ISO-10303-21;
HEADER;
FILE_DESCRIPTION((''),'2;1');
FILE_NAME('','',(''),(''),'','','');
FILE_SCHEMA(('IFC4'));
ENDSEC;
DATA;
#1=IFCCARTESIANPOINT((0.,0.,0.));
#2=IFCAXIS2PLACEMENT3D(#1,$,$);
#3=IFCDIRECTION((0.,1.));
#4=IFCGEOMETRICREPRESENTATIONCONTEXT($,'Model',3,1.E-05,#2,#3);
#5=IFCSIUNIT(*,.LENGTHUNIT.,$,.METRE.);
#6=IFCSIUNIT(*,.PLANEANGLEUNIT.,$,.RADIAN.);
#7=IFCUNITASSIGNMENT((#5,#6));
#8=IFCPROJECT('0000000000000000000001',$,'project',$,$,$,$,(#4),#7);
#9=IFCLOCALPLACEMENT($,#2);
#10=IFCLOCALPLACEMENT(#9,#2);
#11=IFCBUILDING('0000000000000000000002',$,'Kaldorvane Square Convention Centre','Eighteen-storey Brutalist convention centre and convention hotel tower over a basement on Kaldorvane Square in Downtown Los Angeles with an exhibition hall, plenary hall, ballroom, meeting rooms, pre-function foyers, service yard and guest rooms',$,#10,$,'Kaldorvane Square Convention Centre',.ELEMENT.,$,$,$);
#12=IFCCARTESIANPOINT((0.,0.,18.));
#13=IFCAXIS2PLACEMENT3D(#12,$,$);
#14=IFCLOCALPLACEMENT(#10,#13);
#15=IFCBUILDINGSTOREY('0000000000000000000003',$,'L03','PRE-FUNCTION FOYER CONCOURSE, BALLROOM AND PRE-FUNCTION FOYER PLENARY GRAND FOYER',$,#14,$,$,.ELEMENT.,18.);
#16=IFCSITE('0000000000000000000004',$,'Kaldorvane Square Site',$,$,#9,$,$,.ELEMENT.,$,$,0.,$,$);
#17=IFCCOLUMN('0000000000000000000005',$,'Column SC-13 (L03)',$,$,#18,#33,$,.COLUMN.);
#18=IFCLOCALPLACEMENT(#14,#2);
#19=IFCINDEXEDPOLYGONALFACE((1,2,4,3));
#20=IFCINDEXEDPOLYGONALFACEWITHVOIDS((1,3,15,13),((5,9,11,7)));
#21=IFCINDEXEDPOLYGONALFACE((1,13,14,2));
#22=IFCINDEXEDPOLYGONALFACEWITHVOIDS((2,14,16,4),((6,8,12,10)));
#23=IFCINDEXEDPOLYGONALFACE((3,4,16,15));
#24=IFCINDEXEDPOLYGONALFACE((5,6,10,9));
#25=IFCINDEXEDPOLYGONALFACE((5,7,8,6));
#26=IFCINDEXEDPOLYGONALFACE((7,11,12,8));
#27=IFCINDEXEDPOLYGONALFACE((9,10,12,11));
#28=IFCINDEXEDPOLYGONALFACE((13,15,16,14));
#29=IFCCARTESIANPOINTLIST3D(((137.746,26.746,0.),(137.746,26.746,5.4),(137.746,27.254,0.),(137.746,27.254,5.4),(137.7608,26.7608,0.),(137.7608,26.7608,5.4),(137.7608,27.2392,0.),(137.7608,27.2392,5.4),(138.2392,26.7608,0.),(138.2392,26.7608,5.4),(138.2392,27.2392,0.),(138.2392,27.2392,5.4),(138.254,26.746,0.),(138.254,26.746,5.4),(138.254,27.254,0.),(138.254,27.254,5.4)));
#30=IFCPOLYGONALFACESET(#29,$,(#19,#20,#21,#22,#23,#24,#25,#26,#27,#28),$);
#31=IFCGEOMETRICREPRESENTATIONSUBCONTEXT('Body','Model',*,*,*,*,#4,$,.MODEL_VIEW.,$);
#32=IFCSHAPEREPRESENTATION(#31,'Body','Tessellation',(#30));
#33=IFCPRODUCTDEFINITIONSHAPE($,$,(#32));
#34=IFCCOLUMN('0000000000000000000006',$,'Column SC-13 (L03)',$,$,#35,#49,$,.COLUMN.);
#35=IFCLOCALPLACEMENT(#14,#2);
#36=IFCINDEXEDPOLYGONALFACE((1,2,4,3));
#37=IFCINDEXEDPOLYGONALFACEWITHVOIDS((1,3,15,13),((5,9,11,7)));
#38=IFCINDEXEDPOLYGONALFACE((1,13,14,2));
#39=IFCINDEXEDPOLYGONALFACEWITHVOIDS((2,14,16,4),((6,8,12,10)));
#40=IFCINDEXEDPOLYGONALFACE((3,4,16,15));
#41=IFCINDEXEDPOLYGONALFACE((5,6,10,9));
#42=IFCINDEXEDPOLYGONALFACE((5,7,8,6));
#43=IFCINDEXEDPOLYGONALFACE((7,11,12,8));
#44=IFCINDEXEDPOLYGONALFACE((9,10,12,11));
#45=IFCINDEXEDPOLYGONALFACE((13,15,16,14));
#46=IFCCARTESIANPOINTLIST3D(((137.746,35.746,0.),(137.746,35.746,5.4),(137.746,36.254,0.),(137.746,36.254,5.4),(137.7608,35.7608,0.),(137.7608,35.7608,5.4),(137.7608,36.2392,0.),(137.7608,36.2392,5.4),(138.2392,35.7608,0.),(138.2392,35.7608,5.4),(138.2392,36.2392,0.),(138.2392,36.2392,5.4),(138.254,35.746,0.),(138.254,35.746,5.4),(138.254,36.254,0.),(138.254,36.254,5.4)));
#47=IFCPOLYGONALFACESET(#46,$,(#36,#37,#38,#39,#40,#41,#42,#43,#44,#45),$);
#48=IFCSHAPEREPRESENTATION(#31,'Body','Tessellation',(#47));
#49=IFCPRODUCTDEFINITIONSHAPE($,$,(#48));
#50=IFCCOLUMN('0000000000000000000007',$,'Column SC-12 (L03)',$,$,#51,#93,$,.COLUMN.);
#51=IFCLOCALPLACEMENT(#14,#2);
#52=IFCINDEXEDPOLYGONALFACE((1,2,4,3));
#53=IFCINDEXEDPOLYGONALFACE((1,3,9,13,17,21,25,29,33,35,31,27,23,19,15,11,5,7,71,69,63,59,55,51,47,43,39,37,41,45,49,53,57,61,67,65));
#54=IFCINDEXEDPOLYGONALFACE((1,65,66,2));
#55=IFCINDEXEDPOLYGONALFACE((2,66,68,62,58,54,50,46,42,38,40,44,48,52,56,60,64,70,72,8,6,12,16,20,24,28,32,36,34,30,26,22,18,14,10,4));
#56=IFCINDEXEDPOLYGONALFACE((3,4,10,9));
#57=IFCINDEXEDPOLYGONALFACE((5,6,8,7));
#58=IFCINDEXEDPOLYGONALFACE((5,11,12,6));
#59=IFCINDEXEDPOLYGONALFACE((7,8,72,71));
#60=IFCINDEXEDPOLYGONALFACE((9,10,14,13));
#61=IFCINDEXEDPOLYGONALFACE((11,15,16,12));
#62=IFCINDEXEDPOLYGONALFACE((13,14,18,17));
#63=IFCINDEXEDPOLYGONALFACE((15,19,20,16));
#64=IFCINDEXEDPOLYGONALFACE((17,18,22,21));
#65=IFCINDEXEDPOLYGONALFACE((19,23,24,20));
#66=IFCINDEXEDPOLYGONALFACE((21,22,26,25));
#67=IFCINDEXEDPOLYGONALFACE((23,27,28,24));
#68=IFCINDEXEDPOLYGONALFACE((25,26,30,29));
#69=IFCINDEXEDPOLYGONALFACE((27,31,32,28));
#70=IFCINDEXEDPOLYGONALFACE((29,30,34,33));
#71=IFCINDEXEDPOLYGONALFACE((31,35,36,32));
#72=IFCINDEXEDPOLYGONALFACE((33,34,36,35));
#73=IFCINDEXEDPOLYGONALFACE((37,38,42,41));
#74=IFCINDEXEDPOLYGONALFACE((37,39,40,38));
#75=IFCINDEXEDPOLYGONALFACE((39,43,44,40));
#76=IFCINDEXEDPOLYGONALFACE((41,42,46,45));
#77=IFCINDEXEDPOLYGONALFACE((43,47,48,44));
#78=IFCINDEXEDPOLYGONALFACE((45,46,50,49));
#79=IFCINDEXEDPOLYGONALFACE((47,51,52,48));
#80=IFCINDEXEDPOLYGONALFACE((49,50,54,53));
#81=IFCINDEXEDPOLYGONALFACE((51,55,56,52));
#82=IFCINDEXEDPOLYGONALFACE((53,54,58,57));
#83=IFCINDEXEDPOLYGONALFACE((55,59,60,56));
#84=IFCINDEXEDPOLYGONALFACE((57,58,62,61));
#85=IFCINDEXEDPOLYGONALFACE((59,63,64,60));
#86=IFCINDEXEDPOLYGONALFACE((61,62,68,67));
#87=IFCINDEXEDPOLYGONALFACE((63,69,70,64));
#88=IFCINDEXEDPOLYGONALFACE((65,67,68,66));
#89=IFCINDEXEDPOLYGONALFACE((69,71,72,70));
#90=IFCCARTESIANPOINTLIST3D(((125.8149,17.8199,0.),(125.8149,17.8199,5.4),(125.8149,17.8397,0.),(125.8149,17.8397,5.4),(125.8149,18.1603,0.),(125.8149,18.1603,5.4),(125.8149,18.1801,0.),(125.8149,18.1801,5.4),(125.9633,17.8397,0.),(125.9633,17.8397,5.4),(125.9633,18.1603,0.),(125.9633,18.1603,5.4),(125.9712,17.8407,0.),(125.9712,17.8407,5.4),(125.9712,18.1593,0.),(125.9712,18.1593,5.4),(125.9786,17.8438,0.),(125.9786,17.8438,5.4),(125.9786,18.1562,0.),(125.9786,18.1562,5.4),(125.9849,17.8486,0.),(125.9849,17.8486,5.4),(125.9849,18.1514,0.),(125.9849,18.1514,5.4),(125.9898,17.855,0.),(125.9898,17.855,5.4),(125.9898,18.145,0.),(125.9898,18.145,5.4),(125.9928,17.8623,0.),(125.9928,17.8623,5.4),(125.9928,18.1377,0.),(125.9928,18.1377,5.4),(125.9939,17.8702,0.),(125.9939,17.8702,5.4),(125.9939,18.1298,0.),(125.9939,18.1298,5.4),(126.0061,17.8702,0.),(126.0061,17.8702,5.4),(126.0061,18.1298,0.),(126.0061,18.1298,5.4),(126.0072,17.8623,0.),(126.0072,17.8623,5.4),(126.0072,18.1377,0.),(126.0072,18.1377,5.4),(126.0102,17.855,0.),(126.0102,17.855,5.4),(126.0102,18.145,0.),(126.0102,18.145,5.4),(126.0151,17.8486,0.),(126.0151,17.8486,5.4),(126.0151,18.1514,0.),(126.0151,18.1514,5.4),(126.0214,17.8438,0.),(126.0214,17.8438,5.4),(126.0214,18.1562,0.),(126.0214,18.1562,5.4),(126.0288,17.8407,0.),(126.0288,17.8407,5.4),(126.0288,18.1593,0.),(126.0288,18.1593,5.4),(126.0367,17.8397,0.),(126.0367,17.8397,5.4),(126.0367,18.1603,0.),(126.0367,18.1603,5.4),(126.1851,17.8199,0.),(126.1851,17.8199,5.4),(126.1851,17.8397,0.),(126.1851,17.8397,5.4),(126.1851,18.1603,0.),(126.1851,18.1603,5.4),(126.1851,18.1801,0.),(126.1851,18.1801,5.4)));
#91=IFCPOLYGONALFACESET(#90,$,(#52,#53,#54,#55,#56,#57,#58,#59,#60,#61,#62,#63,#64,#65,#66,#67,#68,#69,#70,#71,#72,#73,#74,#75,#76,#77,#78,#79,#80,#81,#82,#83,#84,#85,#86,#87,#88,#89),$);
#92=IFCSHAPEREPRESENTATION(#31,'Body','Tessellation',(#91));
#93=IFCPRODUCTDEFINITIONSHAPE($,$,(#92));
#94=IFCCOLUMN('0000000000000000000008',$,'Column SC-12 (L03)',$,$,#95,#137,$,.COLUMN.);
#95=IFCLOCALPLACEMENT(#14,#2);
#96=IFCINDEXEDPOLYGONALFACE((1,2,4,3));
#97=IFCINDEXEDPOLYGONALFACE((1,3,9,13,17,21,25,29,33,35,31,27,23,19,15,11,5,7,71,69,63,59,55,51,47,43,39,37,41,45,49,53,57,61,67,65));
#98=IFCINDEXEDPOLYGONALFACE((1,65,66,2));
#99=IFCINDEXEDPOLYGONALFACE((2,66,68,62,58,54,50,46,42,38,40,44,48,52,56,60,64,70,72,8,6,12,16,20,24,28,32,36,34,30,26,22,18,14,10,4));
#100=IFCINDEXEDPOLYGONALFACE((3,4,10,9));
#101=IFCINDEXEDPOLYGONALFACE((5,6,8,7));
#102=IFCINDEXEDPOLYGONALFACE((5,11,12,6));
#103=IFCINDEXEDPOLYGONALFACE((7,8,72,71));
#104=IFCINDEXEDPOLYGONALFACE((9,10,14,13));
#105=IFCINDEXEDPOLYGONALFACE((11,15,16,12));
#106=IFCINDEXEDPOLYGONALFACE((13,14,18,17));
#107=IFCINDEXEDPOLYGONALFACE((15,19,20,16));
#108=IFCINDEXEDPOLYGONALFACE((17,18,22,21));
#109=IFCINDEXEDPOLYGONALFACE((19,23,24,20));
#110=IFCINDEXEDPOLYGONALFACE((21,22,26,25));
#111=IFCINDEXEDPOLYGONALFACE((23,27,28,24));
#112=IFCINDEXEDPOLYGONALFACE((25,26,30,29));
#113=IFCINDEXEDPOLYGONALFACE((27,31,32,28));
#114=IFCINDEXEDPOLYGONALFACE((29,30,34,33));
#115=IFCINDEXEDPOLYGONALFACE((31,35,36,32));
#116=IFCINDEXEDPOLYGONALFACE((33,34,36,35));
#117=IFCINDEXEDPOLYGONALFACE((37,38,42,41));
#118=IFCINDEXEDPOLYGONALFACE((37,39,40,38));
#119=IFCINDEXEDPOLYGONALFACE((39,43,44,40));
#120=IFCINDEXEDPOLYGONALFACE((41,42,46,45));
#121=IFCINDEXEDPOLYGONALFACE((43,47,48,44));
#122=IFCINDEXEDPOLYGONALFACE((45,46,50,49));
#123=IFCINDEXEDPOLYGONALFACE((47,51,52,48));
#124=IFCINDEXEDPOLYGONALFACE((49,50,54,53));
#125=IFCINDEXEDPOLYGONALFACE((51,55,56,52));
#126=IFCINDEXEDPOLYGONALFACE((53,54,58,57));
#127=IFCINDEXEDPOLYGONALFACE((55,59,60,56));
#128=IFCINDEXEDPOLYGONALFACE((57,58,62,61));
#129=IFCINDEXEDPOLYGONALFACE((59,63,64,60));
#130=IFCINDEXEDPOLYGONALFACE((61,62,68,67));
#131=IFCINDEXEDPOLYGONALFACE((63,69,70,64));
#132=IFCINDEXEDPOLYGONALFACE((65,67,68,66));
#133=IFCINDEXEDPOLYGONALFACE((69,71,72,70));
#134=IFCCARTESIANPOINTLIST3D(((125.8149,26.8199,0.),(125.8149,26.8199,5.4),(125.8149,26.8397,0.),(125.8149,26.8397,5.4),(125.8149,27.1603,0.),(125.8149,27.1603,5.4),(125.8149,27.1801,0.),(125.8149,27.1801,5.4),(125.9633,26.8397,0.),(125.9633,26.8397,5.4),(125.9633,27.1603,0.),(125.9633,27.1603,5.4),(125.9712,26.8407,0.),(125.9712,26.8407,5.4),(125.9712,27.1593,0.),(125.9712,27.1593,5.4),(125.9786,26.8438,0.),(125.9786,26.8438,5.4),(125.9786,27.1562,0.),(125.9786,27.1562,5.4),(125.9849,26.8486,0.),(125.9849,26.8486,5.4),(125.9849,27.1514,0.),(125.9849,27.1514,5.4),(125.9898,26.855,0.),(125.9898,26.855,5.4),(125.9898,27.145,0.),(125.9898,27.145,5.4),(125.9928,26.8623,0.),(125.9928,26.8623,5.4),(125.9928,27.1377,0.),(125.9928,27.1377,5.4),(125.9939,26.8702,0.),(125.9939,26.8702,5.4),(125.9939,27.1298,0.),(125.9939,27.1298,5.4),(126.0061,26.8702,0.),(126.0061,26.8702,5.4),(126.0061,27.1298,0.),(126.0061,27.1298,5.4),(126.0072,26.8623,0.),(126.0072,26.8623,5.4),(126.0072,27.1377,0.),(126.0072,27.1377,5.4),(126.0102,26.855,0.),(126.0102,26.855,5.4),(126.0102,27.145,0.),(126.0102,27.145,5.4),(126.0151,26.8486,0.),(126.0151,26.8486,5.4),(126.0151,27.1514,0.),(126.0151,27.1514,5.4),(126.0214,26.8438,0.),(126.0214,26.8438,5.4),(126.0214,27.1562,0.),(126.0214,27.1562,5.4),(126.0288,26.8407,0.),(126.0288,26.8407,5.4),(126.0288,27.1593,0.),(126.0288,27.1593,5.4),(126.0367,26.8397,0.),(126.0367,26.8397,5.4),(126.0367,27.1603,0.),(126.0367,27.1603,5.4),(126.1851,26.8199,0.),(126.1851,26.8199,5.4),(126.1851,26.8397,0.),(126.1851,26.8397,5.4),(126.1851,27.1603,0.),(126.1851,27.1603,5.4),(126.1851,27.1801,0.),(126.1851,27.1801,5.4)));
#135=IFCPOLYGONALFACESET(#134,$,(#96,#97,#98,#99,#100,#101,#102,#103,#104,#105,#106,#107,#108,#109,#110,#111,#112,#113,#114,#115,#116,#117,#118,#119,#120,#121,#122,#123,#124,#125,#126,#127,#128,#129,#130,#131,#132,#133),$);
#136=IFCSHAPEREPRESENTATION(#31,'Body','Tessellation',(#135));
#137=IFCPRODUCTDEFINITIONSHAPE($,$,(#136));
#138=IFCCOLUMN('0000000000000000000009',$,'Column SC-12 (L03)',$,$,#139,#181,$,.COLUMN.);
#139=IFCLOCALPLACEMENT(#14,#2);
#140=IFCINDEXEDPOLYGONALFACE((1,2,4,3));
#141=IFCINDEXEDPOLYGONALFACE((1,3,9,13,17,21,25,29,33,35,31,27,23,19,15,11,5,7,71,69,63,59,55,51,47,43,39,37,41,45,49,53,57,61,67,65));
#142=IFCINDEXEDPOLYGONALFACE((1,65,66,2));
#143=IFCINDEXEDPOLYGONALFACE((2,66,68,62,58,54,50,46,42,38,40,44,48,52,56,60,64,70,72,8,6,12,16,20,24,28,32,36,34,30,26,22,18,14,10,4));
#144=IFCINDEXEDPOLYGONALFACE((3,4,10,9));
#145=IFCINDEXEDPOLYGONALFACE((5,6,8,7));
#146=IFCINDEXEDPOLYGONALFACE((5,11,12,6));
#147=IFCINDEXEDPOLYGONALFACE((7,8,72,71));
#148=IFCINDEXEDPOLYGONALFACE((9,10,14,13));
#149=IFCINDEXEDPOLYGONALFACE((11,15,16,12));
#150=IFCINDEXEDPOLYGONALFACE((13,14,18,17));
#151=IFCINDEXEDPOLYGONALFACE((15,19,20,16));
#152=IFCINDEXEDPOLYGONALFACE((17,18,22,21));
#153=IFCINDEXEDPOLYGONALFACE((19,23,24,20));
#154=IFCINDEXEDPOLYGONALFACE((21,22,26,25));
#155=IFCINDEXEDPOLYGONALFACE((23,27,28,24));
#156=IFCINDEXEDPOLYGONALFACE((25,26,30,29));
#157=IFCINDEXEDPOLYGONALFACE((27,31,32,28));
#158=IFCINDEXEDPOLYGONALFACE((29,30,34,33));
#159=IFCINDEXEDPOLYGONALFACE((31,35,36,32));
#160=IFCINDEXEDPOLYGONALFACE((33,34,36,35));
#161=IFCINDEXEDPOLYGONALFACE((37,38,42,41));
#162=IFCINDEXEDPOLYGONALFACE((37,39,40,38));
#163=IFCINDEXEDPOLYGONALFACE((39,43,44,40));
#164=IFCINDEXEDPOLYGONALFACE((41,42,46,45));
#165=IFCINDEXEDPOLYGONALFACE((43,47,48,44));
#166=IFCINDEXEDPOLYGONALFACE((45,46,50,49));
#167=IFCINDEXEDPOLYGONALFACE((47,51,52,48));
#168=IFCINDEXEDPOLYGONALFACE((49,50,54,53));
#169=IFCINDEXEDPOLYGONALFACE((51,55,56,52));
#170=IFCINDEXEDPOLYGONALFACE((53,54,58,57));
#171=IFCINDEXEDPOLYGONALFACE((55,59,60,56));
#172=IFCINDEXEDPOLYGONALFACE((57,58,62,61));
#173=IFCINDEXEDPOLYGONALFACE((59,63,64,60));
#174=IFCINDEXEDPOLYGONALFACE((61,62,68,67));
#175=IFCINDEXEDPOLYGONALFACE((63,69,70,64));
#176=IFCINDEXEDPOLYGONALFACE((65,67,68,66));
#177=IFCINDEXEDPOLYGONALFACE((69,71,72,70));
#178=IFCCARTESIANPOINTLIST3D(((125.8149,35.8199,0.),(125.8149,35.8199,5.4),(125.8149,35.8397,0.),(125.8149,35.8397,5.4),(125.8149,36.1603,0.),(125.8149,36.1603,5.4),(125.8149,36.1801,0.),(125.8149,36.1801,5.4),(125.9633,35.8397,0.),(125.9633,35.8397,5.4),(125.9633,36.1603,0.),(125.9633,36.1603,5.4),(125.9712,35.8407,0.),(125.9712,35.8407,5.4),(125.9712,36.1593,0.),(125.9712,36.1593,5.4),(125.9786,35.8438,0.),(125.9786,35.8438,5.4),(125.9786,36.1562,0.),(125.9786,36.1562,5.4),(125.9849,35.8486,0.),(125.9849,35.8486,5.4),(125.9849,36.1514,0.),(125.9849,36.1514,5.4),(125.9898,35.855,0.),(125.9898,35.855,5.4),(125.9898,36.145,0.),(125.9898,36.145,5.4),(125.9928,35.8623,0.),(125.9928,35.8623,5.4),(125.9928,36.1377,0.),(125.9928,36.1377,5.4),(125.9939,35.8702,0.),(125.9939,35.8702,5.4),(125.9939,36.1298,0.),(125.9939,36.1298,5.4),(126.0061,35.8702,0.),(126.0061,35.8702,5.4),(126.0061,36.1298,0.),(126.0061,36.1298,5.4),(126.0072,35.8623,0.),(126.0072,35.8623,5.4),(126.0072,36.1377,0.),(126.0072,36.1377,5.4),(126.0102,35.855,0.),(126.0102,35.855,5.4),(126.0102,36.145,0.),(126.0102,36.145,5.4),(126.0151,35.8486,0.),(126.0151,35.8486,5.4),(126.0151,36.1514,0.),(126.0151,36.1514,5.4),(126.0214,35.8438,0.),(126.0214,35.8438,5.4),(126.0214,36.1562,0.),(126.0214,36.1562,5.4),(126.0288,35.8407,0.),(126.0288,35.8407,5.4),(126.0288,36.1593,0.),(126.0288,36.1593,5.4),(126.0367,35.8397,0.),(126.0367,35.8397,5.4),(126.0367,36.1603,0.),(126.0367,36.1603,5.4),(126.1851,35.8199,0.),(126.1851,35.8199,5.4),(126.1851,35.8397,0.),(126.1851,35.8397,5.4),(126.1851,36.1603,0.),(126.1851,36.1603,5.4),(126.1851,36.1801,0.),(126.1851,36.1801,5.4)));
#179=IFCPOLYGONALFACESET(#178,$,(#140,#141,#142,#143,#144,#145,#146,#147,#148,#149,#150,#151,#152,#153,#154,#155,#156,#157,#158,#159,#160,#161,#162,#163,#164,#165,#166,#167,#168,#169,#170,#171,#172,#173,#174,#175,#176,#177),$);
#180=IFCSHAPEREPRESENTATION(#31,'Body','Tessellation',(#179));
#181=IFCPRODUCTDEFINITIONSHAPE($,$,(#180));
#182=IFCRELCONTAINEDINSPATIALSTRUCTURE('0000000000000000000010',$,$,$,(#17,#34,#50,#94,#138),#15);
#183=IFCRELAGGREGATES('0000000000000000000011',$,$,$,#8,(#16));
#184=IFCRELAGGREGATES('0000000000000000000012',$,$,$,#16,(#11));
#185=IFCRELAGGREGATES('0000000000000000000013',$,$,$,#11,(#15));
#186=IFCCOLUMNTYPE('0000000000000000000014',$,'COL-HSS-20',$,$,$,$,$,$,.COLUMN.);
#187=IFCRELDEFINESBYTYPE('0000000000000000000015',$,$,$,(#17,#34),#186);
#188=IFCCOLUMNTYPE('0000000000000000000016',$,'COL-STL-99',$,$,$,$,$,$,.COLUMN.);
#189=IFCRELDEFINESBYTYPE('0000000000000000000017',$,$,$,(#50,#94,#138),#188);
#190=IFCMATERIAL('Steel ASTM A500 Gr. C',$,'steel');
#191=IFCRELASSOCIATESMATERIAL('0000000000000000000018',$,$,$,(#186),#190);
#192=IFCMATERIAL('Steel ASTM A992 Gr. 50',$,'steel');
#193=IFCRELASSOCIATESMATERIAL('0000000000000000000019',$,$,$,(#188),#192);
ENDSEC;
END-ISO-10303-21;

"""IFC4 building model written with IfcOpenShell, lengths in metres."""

from ifc_helpers import new_model, si_unit, direction, frame, origin, origin_2d, place, context, subcontext, project, spatial, hollow_rectangle, i_section, extrude, material, material_profile, profile_set, type_object, element, save


model = new_model("IFC4")

# Units and contexts
model_context = context("Model", 3, precision=1e-05, world=origin(), true_north=direction((0.0, 1.0)))
body_context = subcontext(model_context, "Body", "Model", "MODEL_VIEW")
ifc_project = project(units=[si_unit("LENGTHUNIT", "METRE"), si_unit("PLANEANGLEUNIT", "RADIAN")], contexts=[model_context])

# Site, building, storey
site_placement = place(None, origin())
site = spatial("IfcSite", under=ifc_project, at=site_placement, Name="Kaldorvane Square Site", CompositionType="ELEMENT", RefElevation=0.0)
building_placement = place(site_placement, origin())
building = spatial("IfcBuilding", under=site, at=building_placement, Name="Kaldorvane Square Convention Centre", Description="Eighteen-storey Brutalist convention centre and convention hotel tower over a basement on Kaldorvane Square in Downtown Los Angeles with an exhibition hall, plenary hall, ballroom, meeting rooms, pre-function foyers, service yard and guest rooms", LongName="Kaldorvane Square Convention Centre", CompositionType="ELEMENT")
storey_placement = place(building_placement, frame((0.0, 0.0, 18.0)))
storey = spatial("IfcBuildingStorey", under=building, at=storey_placement, Name="L03", Description="PRE-FUNCTION FOYER CONCOURSE, BALLROOM AND PRE-FUNCTION FOYER PLENARY GRAND FOYER", CompositionType="ELEMENT", Elevation=18.0)

# Columns
ifc_material_1 = material(Name="Steel ASTM A500 Gr. C", Category="steel")
ifc_material_profile_1 = material_profile(ifc_material_1, hollow_rectangle(XDim=0.508, YDim=0.508, WallThickness=0.0148, at=origin_2d()), Name="HSS20X20X5/8")
ifc_profile_set_1 = profile_set([ifc_material_profile_1], Name="Steel ASTM A500 Gr. C")
column_type_1 = type_object("IfcColumnType", Name="COL-HSS-20", PredefinedType="COLUMN", material=ifc_profile_set_1)
for number, where, z_axis, x_axis, name in (
    (1, (138.0, 27.0, 0.0), (0.0, 0.0, 1.0), (1.0, 0.0, 0.0), "Column SC-13 (L03)"),
    (2, (138.0, 36.0, 0.0), (0.0, 0.0, 1.0), (1.0, 0.0, 0.0), "Column SC-13 (L03)"),
):
    element("IfcColumn", number, at=place(storey_placement, frame(where, z_axis=z_axis, x_axis=x_axis)), inside=storey, type_object=column_type_1, Name=name, PredefinedType="COLUMN", context=body_context, shape_type="SweptSolid", body=[
        extrude(hollow_rectangle(XDim=0.508, YDim=0.508, WallThickness=0.0148, at=origin_2d()), origin(), (0.0, 0.0, 1.0), 5.4),
    ])
ifc_material_2 = material(Name="Steel ASTM A992 Gr. 50", Category="steel")
ifc_material_profile_2 = material_profile(ifc_material_2, i_section(OverallWidth=0.3701, OverallDepth=0.3602, WebThickness=0.0123, FlangeThickness=0.0198, FilletRadius=0.0305, at=origin_2d()), Name="W14X99")
ifc_profile_set_2 = profile_set([ifc_material_profile_2], Name="Steel ASTM A992 Gr. 50")
column_type_2 = type_object("IfcColumnType", Name="COL-STL-99", PredefinedType="COLUMN", material=ifc_profile_set_2)
for number, where, z_axis, x_axis, name in (
    (3, (126.0, 18.0, 0.0), (0.0, 0.0, 1.0), (1.0, 0.0, 0.0), "Column SC-12 (L03)"),
    (4, (126.0, 27.0, 0.0), (0.0, 0.0, 1.0), (1.0, 0.0, 0.0), "Column SC-12 (L03)"),
    (5, (126.0, 36.0, 0.0), (0.0, 0.0, 1.0), (1.0, 0.0, 0.0), "Column SC-12 (L03)"),
):
    element("IfcColumn", number, at=place(storey_placement, frame(where, z_axis=z_axis, x_axis=x_axis)), inside=storey, type_object=column_type_2, Name=name, PredefinedType="COLUMN", context=body_context, shape_type="SweptSolid", body=[
        extrude(i_section(OverallWidth=0.3701, OverallDepth=0.3602, WebThickness=0.0123, FlangeThickness=0.0198, FilletRadius=0.0305, at=origin_2d()), origin(), (0.0, 0.0, 1.0), 5.4),
    ])

save(model, "model.ifc")
